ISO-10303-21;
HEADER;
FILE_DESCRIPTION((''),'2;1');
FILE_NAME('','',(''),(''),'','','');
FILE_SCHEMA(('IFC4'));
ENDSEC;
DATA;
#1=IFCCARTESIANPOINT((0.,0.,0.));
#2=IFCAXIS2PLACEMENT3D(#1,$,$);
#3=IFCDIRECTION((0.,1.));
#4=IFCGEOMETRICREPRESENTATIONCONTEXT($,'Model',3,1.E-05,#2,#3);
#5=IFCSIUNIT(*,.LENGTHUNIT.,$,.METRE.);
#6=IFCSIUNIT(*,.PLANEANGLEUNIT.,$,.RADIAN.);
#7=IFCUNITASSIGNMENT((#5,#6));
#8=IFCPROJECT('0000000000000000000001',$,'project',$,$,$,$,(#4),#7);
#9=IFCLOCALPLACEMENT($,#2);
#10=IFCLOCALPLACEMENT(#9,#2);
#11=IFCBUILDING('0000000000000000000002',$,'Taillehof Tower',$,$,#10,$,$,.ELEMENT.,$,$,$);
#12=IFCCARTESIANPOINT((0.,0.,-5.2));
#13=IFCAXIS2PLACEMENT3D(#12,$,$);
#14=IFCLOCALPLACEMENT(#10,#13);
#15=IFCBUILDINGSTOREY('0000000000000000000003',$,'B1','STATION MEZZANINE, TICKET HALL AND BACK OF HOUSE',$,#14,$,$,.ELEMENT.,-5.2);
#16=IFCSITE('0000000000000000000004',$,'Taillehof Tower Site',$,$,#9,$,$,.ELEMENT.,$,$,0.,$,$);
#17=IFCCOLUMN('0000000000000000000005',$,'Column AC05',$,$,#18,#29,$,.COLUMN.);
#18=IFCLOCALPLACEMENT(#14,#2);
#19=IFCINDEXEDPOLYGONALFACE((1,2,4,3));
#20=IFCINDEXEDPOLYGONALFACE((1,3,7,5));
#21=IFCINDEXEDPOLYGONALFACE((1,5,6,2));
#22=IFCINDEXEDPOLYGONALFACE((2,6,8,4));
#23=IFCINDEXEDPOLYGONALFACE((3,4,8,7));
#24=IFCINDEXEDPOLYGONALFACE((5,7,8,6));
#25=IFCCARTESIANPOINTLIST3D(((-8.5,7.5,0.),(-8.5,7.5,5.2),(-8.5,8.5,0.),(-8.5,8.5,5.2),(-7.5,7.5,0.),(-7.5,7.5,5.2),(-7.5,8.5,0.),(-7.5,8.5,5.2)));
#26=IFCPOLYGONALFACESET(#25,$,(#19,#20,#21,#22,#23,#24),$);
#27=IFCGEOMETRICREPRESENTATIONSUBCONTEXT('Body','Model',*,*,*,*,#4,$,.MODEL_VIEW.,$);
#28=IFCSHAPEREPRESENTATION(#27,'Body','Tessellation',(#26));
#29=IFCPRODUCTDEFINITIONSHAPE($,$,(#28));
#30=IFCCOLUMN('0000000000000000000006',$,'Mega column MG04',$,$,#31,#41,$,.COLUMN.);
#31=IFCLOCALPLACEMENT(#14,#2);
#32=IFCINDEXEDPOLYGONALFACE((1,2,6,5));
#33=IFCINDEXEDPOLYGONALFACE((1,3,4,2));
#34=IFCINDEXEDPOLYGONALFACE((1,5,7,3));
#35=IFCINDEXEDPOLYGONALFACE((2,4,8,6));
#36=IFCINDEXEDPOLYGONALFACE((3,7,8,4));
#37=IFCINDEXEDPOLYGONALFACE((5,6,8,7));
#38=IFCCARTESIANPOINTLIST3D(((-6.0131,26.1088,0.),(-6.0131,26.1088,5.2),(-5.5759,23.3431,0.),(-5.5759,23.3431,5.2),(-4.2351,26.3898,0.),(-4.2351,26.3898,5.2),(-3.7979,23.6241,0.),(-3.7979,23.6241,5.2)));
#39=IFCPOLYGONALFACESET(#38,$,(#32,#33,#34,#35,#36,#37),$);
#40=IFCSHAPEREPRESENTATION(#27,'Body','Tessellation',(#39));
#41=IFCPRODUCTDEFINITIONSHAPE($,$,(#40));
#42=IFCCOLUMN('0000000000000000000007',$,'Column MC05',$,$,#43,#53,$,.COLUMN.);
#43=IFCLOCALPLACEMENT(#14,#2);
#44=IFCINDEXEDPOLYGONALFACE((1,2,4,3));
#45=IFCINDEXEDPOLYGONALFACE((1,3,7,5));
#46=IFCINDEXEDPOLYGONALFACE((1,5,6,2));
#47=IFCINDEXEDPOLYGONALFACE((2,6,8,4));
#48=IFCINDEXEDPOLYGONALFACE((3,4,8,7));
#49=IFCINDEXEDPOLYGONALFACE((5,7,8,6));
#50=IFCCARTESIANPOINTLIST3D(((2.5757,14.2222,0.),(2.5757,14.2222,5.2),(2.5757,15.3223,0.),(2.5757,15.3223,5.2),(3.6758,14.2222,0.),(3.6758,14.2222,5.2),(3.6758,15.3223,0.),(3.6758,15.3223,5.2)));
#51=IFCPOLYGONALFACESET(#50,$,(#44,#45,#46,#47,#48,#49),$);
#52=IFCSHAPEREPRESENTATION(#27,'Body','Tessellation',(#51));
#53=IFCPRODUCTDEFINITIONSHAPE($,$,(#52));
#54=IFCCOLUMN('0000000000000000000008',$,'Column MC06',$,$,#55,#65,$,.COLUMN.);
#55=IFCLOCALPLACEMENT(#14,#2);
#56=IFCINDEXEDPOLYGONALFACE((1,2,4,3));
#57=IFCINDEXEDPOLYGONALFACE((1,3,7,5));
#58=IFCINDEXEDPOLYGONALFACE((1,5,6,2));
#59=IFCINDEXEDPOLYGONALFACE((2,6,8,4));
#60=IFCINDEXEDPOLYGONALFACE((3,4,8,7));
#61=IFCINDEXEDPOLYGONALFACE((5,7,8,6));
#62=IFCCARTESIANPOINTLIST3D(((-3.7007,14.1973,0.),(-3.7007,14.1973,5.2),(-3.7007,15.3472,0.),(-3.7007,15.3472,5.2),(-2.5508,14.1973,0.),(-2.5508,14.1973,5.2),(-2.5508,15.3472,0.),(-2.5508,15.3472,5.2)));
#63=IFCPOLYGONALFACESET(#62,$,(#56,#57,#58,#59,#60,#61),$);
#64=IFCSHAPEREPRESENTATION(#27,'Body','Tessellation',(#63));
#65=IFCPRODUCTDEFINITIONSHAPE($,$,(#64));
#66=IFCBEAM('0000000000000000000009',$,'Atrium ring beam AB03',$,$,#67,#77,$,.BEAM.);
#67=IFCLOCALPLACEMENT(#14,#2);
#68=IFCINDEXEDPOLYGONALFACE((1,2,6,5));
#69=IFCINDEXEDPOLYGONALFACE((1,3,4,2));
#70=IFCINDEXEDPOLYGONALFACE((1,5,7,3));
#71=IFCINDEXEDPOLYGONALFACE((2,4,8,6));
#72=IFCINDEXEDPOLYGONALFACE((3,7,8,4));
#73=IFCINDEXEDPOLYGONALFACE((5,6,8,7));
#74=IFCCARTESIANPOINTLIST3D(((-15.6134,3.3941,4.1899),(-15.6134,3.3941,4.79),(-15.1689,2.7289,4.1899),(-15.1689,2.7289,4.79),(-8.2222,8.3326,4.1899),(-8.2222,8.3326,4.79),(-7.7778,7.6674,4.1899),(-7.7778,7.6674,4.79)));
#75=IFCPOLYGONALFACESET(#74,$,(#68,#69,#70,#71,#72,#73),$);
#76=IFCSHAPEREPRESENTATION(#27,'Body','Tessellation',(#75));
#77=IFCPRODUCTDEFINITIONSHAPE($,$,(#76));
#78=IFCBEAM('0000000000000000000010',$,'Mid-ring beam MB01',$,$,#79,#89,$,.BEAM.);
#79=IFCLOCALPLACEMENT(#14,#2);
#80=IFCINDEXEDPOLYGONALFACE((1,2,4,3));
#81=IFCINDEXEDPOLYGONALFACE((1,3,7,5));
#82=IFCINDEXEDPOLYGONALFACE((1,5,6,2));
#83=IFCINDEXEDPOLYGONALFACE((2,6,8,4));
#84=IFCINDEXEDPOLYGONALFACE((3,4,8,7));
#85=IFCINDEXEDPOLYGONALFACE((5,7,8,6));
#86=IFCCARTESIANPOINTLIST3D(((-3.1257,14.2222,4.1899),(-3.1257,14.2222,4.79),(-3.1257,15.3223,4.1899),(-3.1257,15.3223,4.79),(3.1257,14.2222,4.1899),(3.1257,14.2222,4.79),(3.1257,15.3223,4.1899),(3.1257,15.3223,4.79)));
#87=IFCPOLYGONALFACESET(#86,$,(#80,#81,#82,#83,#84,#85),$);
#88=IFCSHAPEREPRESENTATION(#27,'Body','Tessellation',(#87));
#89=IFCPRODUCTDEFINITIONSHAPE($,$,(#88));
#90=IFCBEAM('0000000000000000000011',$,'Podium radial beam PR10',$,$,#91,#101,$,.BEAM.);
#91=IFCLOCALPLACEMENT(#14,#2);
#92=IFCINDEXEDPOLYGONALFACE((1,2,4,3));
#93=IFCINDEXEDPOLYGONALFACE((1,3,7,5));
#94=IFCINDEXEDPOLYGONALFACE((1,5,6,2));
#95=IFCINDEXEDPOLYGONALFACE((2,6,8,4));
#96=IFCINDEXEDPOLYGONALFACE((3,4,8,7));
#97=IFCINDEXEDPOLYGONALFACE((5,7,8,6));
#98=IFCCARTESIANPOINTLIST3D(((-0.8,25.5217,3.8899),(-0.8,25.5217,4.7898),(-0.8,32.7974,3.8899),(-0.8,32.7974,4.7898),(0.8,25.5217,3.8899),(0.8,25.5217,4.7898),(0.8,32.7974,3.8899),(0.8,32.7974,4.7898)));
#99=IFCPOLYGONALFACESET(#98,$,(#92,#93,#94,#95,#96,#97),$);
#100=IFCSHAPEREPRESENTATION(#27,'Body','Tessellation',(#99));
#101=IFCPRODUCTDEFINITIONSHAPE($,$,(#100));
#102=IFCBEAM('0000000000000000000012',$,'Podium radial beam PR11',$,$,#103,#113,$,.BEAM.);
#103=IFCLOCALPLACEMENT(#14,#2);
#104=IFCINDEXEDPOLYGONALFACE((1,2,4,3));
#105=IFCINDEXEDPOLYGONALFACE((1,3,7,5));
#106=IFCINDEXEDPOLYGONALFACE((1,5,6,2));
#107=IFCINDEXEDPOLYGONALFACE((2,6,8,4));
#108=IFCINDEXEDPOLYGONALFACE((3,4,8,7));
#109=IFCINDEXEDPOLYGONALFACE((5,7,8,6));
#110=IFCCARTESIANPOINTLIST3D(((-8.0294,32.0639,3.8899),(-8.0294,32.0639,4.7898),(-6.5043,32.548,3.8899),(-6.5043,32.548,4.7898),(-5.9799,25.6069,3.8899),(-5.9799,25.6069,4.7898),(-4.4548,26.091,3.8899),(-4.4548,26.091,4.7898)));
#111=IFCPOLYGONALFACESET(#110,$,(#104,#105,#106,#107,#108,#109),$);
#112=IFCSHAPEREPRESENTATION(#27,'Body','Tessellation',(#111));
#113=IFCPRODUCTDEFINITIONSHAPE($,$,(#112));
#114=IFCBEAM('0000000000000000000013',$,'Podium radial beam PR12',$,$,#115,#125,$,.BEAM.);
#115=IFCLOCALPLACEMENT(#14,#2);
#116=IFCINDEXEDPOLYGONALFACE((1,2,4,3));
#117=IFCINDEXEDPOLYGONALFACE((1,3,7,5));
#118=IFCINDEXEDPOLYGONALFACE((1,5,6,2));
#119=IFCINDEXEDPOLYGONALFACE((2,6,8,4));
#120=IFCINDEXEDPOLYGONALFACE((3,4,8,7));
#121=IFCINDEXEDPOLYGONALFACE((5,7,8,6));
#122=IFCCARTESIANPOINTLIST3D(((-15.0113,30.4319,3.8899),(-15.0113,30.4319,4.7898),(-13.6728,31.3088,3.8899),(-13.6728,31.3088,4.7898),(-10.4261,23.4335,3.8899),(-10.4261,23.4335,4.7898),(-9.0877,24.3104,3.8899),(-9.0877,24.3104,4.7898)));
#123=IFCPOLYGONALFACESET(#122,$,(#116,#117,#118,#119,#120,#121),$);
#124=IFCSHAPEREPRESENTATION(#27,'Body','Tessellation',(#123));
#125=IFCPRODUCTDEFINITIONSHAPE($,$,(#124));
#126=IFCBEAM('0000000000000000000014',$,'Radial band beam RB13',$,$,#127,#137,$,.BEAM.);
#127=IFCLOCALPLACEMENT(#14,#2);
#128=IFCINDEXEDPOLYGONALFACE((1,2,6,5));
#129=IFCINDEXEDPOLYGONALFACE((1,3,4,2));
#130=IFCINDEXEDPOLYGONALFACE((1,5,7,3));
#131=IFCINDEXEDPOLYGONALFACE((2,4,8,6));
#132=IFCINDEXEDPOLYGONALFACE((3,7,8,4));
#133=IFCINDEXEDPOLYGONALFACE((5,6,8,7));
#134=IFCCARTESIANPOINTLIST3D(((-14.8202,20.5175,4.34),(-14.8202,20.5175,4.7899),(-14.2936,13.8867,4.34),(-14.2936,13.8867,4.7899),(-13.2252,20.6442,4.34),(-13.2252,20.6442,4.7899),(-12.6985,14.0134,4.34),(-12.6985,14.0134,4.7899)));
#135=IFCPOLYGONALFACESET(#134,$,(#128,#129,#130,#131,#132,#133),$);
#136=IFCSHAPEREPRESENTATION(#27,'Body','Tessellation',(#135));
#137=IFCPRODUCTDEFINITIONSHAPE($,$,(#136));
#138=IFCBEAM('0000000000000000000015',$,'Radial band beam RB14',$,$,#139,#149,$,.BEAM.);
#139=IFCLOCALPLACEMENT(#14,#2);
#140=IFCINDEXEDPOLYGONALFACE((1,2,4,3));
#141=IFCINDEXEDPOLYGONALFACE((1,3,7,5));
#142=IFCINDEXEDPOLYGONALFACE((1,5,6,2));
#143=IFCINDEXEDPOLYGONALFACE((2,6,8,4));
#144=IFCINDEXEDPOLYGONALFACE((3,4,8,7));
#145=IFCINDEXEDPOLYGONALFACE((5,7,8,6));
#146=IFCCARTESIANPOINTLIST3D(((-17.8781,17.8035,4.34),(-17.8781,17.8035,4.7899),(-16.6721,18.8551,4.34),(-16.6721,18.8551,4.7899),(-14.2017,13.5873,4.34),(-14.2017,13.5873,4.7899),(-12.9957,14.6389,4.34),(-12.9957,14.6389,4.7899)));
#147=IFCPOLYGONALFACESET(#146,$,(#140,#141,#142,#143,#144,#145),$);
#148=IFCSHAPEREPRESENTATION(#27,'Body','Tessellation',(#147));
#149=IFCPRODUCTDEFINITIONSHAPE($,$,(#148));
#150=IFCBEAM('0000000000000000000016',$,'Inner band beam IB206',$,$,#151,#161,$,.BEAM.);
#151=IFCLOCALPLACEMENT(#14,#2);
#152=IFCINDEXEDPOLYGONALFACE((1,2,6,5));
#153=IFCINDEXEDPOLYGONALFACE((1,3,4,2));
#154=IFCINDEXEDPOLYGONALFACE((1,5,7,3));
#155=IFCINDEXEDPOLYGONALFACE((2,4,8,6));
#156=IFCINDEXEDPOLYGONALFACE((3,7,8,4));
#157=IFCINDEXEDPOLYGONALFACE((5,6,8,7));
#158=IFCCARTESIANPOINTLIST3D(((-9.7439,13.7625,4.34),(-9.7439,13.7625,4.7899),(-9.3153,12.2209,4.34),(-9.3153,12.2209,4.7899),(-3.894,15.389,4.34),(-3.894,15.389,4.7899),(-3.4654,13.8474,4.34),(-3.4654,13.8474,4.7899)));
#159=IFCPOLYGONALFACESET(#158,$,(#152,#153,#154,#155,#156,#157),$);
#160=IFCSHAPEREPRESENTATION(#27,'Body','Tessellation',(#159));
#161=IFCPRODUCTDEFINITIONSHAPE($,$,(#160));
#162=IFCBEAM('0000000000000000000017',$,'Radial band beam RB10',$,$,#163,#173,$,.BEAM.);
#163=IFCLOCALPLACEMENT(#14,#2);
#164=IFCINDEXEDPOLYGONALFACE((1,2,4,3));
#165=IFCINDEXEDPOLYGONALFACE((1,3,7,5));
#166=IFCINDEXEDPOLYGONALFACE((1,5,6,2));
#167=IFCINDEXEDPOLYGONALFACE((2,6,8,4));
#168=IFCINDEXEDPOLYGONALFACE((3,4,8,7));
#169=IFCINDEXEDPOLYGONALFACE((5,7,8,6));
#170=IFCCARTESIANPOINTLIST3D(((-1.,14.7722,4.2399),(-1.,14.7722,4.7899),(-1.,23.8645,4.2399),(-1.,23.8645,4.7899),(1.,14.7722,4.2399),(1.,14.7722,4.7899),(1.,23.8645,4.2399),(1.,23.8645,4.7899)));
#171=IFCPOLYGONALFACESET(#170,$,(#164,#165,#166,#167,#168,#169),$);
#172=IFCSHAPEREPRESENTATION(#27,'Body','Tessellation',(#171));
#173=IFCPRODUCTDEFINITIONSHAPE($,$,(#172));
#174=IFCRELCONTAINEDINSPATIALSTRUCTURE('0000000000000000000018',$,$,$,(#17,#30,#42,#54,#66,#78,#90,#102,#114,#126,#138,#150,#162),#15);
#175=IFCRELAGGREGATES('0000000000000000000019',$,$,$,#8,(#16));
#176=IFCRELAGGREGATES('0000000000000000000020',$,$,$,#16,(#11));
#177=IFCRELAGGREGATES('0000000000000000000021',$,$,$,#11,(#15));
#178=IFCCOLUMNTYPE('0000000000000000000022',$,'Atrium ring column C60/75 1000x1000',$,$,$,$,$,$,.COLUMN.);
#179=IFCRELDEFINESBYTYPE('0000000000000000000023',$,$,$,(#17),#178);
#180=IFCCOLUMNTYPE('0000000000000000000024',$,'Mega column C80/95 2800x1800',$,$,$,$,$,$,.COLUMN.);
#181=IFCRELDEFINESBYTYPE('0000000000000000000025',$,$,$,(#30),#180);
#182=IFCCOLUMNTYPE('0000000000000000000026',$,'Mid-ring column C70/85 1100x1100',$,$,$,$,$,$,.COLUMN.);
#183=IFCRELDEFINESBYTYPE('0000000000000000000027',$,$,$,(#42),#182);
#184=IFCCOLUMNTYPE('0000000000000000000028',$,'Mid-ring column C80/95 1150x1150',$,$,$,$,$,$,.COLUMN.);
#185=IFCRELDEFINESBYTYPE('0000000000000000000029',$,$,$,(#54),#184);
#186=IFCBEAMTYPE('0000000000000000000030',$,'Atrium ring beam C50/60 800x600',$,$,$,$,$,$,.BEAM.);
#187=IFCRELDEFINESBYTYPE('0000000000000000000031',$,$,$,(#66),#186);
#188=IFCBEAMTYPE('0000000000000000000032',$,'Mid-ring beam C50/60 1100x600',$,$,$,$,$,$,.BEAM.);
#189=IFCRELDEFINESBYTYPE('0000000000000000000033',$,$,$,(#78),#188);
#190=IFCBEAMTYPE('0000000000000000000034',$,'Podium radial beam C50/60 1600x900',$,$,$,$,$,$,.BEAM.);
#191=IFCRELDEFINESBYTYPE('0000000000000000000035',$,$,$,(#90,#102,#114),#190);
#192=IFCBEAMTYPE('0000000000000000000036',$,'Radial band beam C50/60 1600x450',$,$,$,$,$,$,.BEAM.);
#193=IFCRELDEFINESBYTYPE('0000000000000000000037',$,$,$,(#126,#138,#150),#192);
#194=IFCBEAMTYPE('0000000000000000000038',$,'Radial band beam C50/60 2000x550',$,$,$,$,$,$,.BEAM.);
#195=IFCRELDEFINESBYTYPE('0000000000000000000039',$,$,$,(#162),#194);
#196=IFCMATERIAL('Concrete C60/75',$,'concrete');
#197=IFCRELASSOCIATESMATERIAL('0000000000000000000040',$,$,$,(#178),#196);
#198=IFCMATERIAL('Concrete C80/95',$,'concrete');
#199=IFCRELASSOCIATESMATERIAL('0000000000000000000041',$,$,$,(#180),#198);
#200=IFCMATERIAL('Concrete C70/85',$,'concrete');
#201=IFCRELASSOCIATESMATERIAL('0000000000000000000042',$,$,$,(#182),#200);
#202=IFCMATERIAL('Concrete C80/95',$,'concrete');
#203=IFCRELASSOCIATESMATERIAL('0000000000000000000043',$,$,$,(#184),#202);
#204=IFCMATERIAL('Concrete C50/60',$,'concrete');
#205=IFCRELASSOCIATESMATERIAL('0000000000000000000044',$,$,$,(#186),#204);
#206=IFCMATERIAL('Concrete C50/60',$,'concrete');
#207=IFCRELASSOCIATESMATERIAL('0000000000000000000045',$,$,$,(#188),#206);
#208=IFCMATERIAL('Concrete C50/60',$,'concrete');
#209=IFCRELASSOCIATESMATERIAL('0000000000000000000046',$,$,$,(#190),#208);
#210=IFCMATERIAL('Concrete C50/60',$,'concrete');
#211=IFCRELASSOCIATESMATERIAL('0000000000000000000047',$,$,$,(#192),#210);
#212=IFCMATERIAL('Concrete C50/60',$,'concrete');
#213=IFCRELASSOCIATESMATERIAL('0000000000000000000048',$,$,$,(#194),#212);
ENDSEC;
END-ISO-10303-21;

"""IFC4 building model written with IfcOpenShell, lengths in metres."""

from ifc_helpers import new_model, si_unit, direction, frame, origin, origin_2d, place, context, subcontext, project, spatial, rectangle, extrude, material, material_profile, profile_set, type_object, element, save


model = new_model("IFC4")

# Units and contexts
model_context = context("Model", 3, precision=1e-05, world=origin(), true_north=direction((0.0, 1.0)))
body_context = subcontext(model_context, "Body", "Model", "MODEL_VIEW")
ifc_project = project(units=[si_unit("LENGTHUNIT", "METRE"), si_unit("PLANEANGLEUNIT", "RADIAN")], contexts=[model_context])

# Site, building, storey
site_placement = place(None, origin())
site = spatial("IfcSite", under=ifc_project, at=site_placement, Name="Taillehof Tower Site", CompositionType="ELEMENT", RefElevation=0.0)
building_placement = place(site_placement, origin())
building = spatial("IfcBuilding", under=site, at=building_placement, Name="Taillehof Tower", CompositionType="ELEMENT")
storey_placement = place(building_placement, frame((0.0, 0.0, -5.2)))
storey = spatial("IfcBuildingStorey", under=building, at=storey_placement, Name="B1", Description="STATION MEZZANINE, TICKET HALL AND BACK OF HOUSE", CompositionType="ELEMENT", Elevation=-5.2)

# Columns
ifc_material_1 = material(Name="Concrete C60/75", Category="concrete")
ifc_material_profile_1 = material_profile(ifc_material_1, rectangle(XDim=1.0, YDim=1.0, at=origin_2d()), Name="RC 1000x1000")
ifc_profile_set_1 = profile_set([ifc_material_profile_1], Name="Concrete C60/75")
column_type_1 = type_object("IfcColumnType", Name="Atrium ring column C60/75 1000x1000", PredefinedType="COLUMN", material=ifc_profile_set_1)
column_1_placement = place(storey_placement, frame((-8.0, 8.0, 0.0), z_axis=(0.0, 0.0, 1.0), x_axis=(1.0, 0.0, 0.0)))
element("IfcColumn", 1, at=column_1_placement, inside=storey, type_object=column_type_1, Name="Column AC05", PredefinedType="COLUMN", context=body_context, shape_type="SweptSolid", body=[
    extrude(rectangle(XDim=1.0, YDim=1.0, at=origin_2d()), origin(), (0.0, 0.0, 1.0), 5.2),
])
ifc_material_2 = material(Name="Concrete C80/95", Category="concrete")
ifc_material_profile_2 = material_profile(ifc_material_2, rectangle(XDim=2.8, YDim=1.8, at=origin_2d()), Name="RC 2800x1800")
ifc_profile_set_2 = profile_set([ifc_material_profile_2], Name="Concrete C80/95")
column_type_2 = type_object("IfcColumnType", Name="Mega column C80/95 2800x1800", PredefinedType="COLUMN", material=ifc_profile_set_2)
column_2_placement = place(storey_placement, frame((-4.9055, 24.8665, 0.0), z_axis=(0.0, 0.0, 1.0), x_axis=(-0.156147, 0.987734, 0.0)))
element("IfcColumn", 2, at=column_2_placement, inside=storey, type_object=column_type_2, Name="Mega column MG04", PredefinedType="COLUMN", context=body_context, shape_type="SweptSolid", body=[
    extrude(rectangle(XDim=2.8, YDim=1.8, at=origin_2d()), origin(), (0.0, 0.0, 1.0), 5.2),
])
ifc_material_3 = material(Name="Concrete C70/85", Category="concrete")
ifc_material_profile_3 = material_profile(ifc_material_3, rectangle(XDim=1.1001, YDim=1.1001, at=origin_2d()), Name="RC 1100x1100")
ifc_profile_set_3 = profile_set([ifc_material_profile_3], Name="Concrete C70/85")
column_type_3 = type_object("IfcColumnType", Name="Mid-ring column C70/85 1100x1100", PredefinedType="COLUMN", material=ifc_profile_set_3)
column_3_placement = place(storey_placement, frame((3.1257, 14.7722, 0.0), z_axis=(0.0, 0.0, 1.0), x_axis=(1.0, 0.0, 0.0)))
element("IfcColumn", 3, at=column_3_placement, inside=storey, type_object=column_type_3, Name="Column MC05", PredefinedType="COLUMN", context=body_context, shape_type="SweptSolid", body=[
    extrude(rectangle(XDim=1.1001, YDim=1.1001, at=origin_2d()), origin(), (0.0, 0.0, 1.0), 5.2),
])
ifc_material_4 = material(Name="Concrete C80/95", Category="concrete")
ifc_material_profile_4 = material_profile(ifc_material_4, rectangle(XDim=1.1499, YDim=1.1499, at=origin_2d()), Name="RC 1150x1150")
ifc_profile_set_4 = profile_set([ifc_material_profile_4], Name="Concrete C80/95")
column_type_4 = type_object("IfcColumnType", Name="Mid-ring column C80/95 1150x1150", PredefinedType="COLUMN", material=ifc_profile_set_4)
column_4_placement = place(storey_placement, frame((-3.1257, 14.7722, 0.0), z_axis=(0.0, 0.0, 1.0), x_axis=(1.0, 0.0, 0.0)))
element("IfcColumn", 4, at=column_4_placement, inside=storey, type_object=column_type_4, Name="Column MC06", PredefinedType="COLUMN", context=body_context, shape_type="SweptSolid", body=[
    extrude(rectangle(XDim=1.1499, YDim=1.1499, at=origin_2d()), origin(), (0.0, 0.0, 1.0), 5.2),
])

# Beams
ifc_material_5 = material(Name="Concrete C50/60", Category="concrete")
ifc_material_profile_5 = material_profile(ifc_material_5, rectangle(XDim=0.8, YDim=0.6001, at=origin_2d()), Name="RC 800x600")
ifc_profile_set_5 = profile_set([ifc_material_profile_5], Name="Concrete C50/60")
beam_type_1 = type_object("IfcBeamType", Name="Atrium ring beam C50/60 800x600", PredefinedType="BEAM", material=ifc_profile_set_5)
beam_1_placement = place(storey_placement, frame((-8.0, 8.0, 4.49), z_axis=(-0.831475, -0.555562, 0.0), x_axis=(0.555562, -0.831475, 0.0)))
element("IfcBeam", 5, at=beam_1_placement, inside=storey, type_object=beam_type_1, Name="Atrium ring beam AB03", PredefinedType="BEAM", context=body_context, shape_type="SweptSolid", body=[
    extrude(rectangle(XDim=0.8, YDim=0.6001, at=origin_2d()), origin(), (0.0, 0.0, 1.0), 8.8892),
])
ifc_material_6 = material(Name="Concrete C50/60", Category="concrete")
ifc_material_profile_6 = material_profile(ifc_material_6, rectangle(XDim=1.1001, YDim=0.6001, at=origin_2d()), Name="RC 1100x600")
ifc_profile_set_6 = profile_set([ifc_material_profile_6], Name="Concrete C50/60")
beam_type_2 = type_object("IfcBeamType", Name="Mid-ring beam C50/60 1100x600", PredefinedType="BEAM", material=ifc_profile_set_6)
beam_2_placement = place(storey_placement, frame((3.1257, 14.7722, 4.49), z_axis=(-1.0, 0.0, 0.0), x_axis=(0.0, -1.0, 0.0)))
element("IfcBeam", 6, at=beam_2_placement, inside=storey, type_object=beam_type_2, Name="Mid-ring beam MB01", PredefinedType="BEAM", context=body_context, shape_type="SweptSolid", body=[
    extrude(rectangle(XDim=1.1001, YDim=0.6001, at=origin_2d()), origin(), (0.0, 0.0, 1.0), 6.2515),
])
ifc_material_7 = material(Name="Concrete C50/60", Category="concrete")
ifc_material_profile_7 = material_profile(ifc_material_7, rectangle(XDim=1.6001, YDim=0.8999, at=origin_2d()), Name="RC 1600x900")
ifc_profile_set_7 = profile_set([ifc_material_profile_7], Name="Concrete C50/60")
beam_type_3 = type_object("IfcBeamType", Name="Podium radial beam C50/60 1600x900", PredefinedType="BEAM", material=ifc_profile_set_7)
beam_3_placement = place(storey_placement, frame((0.0, 32.7974, 4.3398), z_axis=(0.0, -1.0, 0.0), x_axis=(1.0, 0.0, 0.0)))
element("IfcBeam", 7, at=beam_3_placement, inside=storey, type_object=beam_type_3, Name="Podium radial beam PR10", PredefinedType="BEAM", context=body_context, shape_type="SweptSolid", body=[
    extrude(rectangle(XDim=1.6001, YDim=0.8999, at=origin_2d()), origin(), (0.0, 0.0, 1.0), 7.2756),
])
beam_4_placement = place(storey_placement, frame((-7.2668, 32.3059, 4.3398), z_axis=(0.30254, -0.953137, 0.0), x_axis=(0.953137, 0.30254, 0.0)))
element("IfcBeam", 8, at=beam_4_placement, inside=storey, type_object=beam_type_3, Name="Podium radial beam PR11", PredefinedType="BEAM", context=body_context, shape_type="SweptSolid", body=[
    extrude(rectangle(XDim=1.6001, YDim=0.8999, at=origin_2d()), origin(), (0.0, 0.0, 1.0), 6.7744),
])
beam_5_placement = place(storey_placement, frame((-14.342, 30.8704, 4.3398), z_axis=(0.548023, -0.836463, 0.0), x_axis=(0.836463, 0.548023, 0.0)))
element("IfcBeam", 9, at=beam_5_placement, inside=storey, type_object=beam_type_3, Name="Podium radial beam PR12", PredefinedType="BEAM", context=body_context, shape_type="SweptSolid", body=[
    extrude(rectangle(XDim=1.6001, YDim=0.8999, at=origin_2d()), origin(), (0.0, 0.0, 1.0), 8.3667),
])
ifc_material_8 = material(Name="Concrete C50/60", Category="concrete")
ifc_material_profile_8 = material_profile(ifc_material_8, rectangle(XDim=1.6001, YDim=0.45, at=origin_2d()), Name="RC 1600x450")
ifc_profile_set_8 = profile_set([ifc_material_profile_8], Name="Concrete C50/60")
beam_type_4 = type_object("IfcBeamType", Name="Radial band beam C50/60 1600x450", PredefinedType="BEAM", material=ifc_profile_set_8)
beam_6_placement = place(storey_placement, frame((-14.0227, 20.5808, 4.5649), z_axis=(0.079172, -0.996861, 0.0), x_axis=(0.996861, 0.079172, 0.0)))
element("IfcBeam", 10, at=beam_6_placement, inside=storey, type_object=beam_type_4, Name="Radial band beam RB13", PredefinedType="BEAM", context=body_context, shape_type="SweptSolid", body=[
    extrude(rectangle(XDim=1.6001, YDim=0.45, at=origin_2d()), origin(), (0.0, 0.0, 1.0), 6.6516),
])
beam_7_placement = place(storey_placement, frame((-17.2751, 18.3293, 4.5649), z_axis=(0.657212, -0.753706, 0.0), x_axis=(0.753706, 0.657212, 0.0)))
element("IfcBeam", 11, at=beam_7_placement, inside=storey, type_object=beam_type_4, Name="Radial band beam RB14", PredefinedType="BEAM", context=body_context, shape_type="SweptSolid", body=[
    extrude(rectangle(XDim=1.6001, YDim=0.45, at=origin_2d()), origin(), (0.0, 0.0, 1.0), 5.594),
])
beam_8_placement = place(storey_placement, frame((-3.6797, 14.6182, 4.5649), z_axis=(-0.963454, -0.267874, 0.0), x_axis=(0.267874, -0.963454, 0.0)))
element("IfcBeam", 12, at=beam_8_placement, inside=storey, type_object=beam_type_4, Name="Inner band beam IB206", PredefinedType="BEAM", context=body_context, shape_type="SweptSolid", body=[
    extrude(rectangle(XDim=1.6001, YDim=0.45, at=origin_2d()), origin(), (0.0, 0.0, 1.0), 6.0718),
])
ifc_material_9 = material(Name="Concrete C50/60", Category="concrete")
ifc_material_profile_9 = material_profile(ifc_material_9, rectangle(XDim=2.0, YDim=0.55, at=origin_2d()), Name="RC 2000x550")
ifc_profile_set_9 = profile_set([ifc_material_profile_9], Name="Concrete C50/60")
beam_type_5 = type_object("IfcBeamType", Name="Radial band beam C50/60 2000x550", PredefinedType="BEAM", material=ifc_profile_set_9)
beam_9_placement = place(storey_placement, frame((0.0, 23.8645, 4.5149), z_axis=(0.0, -1.0, 0.0), x_axis=(1.0, 0.0, 0.0)))
element("IfcBeam", 13, at=beam_9_placement, inside=storey, type_object=beam_type_5, Name="Radial band beam RB10", PredefinedType="BEAM", context=body_context, shape_type="SweptSolid", body=[
    extrude(rectangle(XDim=2.0, YDim=0.55, at=origin_2d()), origin(), (0.0, 0.0, 1.0), 9.0923),
])

save(model, "model.ifc")
